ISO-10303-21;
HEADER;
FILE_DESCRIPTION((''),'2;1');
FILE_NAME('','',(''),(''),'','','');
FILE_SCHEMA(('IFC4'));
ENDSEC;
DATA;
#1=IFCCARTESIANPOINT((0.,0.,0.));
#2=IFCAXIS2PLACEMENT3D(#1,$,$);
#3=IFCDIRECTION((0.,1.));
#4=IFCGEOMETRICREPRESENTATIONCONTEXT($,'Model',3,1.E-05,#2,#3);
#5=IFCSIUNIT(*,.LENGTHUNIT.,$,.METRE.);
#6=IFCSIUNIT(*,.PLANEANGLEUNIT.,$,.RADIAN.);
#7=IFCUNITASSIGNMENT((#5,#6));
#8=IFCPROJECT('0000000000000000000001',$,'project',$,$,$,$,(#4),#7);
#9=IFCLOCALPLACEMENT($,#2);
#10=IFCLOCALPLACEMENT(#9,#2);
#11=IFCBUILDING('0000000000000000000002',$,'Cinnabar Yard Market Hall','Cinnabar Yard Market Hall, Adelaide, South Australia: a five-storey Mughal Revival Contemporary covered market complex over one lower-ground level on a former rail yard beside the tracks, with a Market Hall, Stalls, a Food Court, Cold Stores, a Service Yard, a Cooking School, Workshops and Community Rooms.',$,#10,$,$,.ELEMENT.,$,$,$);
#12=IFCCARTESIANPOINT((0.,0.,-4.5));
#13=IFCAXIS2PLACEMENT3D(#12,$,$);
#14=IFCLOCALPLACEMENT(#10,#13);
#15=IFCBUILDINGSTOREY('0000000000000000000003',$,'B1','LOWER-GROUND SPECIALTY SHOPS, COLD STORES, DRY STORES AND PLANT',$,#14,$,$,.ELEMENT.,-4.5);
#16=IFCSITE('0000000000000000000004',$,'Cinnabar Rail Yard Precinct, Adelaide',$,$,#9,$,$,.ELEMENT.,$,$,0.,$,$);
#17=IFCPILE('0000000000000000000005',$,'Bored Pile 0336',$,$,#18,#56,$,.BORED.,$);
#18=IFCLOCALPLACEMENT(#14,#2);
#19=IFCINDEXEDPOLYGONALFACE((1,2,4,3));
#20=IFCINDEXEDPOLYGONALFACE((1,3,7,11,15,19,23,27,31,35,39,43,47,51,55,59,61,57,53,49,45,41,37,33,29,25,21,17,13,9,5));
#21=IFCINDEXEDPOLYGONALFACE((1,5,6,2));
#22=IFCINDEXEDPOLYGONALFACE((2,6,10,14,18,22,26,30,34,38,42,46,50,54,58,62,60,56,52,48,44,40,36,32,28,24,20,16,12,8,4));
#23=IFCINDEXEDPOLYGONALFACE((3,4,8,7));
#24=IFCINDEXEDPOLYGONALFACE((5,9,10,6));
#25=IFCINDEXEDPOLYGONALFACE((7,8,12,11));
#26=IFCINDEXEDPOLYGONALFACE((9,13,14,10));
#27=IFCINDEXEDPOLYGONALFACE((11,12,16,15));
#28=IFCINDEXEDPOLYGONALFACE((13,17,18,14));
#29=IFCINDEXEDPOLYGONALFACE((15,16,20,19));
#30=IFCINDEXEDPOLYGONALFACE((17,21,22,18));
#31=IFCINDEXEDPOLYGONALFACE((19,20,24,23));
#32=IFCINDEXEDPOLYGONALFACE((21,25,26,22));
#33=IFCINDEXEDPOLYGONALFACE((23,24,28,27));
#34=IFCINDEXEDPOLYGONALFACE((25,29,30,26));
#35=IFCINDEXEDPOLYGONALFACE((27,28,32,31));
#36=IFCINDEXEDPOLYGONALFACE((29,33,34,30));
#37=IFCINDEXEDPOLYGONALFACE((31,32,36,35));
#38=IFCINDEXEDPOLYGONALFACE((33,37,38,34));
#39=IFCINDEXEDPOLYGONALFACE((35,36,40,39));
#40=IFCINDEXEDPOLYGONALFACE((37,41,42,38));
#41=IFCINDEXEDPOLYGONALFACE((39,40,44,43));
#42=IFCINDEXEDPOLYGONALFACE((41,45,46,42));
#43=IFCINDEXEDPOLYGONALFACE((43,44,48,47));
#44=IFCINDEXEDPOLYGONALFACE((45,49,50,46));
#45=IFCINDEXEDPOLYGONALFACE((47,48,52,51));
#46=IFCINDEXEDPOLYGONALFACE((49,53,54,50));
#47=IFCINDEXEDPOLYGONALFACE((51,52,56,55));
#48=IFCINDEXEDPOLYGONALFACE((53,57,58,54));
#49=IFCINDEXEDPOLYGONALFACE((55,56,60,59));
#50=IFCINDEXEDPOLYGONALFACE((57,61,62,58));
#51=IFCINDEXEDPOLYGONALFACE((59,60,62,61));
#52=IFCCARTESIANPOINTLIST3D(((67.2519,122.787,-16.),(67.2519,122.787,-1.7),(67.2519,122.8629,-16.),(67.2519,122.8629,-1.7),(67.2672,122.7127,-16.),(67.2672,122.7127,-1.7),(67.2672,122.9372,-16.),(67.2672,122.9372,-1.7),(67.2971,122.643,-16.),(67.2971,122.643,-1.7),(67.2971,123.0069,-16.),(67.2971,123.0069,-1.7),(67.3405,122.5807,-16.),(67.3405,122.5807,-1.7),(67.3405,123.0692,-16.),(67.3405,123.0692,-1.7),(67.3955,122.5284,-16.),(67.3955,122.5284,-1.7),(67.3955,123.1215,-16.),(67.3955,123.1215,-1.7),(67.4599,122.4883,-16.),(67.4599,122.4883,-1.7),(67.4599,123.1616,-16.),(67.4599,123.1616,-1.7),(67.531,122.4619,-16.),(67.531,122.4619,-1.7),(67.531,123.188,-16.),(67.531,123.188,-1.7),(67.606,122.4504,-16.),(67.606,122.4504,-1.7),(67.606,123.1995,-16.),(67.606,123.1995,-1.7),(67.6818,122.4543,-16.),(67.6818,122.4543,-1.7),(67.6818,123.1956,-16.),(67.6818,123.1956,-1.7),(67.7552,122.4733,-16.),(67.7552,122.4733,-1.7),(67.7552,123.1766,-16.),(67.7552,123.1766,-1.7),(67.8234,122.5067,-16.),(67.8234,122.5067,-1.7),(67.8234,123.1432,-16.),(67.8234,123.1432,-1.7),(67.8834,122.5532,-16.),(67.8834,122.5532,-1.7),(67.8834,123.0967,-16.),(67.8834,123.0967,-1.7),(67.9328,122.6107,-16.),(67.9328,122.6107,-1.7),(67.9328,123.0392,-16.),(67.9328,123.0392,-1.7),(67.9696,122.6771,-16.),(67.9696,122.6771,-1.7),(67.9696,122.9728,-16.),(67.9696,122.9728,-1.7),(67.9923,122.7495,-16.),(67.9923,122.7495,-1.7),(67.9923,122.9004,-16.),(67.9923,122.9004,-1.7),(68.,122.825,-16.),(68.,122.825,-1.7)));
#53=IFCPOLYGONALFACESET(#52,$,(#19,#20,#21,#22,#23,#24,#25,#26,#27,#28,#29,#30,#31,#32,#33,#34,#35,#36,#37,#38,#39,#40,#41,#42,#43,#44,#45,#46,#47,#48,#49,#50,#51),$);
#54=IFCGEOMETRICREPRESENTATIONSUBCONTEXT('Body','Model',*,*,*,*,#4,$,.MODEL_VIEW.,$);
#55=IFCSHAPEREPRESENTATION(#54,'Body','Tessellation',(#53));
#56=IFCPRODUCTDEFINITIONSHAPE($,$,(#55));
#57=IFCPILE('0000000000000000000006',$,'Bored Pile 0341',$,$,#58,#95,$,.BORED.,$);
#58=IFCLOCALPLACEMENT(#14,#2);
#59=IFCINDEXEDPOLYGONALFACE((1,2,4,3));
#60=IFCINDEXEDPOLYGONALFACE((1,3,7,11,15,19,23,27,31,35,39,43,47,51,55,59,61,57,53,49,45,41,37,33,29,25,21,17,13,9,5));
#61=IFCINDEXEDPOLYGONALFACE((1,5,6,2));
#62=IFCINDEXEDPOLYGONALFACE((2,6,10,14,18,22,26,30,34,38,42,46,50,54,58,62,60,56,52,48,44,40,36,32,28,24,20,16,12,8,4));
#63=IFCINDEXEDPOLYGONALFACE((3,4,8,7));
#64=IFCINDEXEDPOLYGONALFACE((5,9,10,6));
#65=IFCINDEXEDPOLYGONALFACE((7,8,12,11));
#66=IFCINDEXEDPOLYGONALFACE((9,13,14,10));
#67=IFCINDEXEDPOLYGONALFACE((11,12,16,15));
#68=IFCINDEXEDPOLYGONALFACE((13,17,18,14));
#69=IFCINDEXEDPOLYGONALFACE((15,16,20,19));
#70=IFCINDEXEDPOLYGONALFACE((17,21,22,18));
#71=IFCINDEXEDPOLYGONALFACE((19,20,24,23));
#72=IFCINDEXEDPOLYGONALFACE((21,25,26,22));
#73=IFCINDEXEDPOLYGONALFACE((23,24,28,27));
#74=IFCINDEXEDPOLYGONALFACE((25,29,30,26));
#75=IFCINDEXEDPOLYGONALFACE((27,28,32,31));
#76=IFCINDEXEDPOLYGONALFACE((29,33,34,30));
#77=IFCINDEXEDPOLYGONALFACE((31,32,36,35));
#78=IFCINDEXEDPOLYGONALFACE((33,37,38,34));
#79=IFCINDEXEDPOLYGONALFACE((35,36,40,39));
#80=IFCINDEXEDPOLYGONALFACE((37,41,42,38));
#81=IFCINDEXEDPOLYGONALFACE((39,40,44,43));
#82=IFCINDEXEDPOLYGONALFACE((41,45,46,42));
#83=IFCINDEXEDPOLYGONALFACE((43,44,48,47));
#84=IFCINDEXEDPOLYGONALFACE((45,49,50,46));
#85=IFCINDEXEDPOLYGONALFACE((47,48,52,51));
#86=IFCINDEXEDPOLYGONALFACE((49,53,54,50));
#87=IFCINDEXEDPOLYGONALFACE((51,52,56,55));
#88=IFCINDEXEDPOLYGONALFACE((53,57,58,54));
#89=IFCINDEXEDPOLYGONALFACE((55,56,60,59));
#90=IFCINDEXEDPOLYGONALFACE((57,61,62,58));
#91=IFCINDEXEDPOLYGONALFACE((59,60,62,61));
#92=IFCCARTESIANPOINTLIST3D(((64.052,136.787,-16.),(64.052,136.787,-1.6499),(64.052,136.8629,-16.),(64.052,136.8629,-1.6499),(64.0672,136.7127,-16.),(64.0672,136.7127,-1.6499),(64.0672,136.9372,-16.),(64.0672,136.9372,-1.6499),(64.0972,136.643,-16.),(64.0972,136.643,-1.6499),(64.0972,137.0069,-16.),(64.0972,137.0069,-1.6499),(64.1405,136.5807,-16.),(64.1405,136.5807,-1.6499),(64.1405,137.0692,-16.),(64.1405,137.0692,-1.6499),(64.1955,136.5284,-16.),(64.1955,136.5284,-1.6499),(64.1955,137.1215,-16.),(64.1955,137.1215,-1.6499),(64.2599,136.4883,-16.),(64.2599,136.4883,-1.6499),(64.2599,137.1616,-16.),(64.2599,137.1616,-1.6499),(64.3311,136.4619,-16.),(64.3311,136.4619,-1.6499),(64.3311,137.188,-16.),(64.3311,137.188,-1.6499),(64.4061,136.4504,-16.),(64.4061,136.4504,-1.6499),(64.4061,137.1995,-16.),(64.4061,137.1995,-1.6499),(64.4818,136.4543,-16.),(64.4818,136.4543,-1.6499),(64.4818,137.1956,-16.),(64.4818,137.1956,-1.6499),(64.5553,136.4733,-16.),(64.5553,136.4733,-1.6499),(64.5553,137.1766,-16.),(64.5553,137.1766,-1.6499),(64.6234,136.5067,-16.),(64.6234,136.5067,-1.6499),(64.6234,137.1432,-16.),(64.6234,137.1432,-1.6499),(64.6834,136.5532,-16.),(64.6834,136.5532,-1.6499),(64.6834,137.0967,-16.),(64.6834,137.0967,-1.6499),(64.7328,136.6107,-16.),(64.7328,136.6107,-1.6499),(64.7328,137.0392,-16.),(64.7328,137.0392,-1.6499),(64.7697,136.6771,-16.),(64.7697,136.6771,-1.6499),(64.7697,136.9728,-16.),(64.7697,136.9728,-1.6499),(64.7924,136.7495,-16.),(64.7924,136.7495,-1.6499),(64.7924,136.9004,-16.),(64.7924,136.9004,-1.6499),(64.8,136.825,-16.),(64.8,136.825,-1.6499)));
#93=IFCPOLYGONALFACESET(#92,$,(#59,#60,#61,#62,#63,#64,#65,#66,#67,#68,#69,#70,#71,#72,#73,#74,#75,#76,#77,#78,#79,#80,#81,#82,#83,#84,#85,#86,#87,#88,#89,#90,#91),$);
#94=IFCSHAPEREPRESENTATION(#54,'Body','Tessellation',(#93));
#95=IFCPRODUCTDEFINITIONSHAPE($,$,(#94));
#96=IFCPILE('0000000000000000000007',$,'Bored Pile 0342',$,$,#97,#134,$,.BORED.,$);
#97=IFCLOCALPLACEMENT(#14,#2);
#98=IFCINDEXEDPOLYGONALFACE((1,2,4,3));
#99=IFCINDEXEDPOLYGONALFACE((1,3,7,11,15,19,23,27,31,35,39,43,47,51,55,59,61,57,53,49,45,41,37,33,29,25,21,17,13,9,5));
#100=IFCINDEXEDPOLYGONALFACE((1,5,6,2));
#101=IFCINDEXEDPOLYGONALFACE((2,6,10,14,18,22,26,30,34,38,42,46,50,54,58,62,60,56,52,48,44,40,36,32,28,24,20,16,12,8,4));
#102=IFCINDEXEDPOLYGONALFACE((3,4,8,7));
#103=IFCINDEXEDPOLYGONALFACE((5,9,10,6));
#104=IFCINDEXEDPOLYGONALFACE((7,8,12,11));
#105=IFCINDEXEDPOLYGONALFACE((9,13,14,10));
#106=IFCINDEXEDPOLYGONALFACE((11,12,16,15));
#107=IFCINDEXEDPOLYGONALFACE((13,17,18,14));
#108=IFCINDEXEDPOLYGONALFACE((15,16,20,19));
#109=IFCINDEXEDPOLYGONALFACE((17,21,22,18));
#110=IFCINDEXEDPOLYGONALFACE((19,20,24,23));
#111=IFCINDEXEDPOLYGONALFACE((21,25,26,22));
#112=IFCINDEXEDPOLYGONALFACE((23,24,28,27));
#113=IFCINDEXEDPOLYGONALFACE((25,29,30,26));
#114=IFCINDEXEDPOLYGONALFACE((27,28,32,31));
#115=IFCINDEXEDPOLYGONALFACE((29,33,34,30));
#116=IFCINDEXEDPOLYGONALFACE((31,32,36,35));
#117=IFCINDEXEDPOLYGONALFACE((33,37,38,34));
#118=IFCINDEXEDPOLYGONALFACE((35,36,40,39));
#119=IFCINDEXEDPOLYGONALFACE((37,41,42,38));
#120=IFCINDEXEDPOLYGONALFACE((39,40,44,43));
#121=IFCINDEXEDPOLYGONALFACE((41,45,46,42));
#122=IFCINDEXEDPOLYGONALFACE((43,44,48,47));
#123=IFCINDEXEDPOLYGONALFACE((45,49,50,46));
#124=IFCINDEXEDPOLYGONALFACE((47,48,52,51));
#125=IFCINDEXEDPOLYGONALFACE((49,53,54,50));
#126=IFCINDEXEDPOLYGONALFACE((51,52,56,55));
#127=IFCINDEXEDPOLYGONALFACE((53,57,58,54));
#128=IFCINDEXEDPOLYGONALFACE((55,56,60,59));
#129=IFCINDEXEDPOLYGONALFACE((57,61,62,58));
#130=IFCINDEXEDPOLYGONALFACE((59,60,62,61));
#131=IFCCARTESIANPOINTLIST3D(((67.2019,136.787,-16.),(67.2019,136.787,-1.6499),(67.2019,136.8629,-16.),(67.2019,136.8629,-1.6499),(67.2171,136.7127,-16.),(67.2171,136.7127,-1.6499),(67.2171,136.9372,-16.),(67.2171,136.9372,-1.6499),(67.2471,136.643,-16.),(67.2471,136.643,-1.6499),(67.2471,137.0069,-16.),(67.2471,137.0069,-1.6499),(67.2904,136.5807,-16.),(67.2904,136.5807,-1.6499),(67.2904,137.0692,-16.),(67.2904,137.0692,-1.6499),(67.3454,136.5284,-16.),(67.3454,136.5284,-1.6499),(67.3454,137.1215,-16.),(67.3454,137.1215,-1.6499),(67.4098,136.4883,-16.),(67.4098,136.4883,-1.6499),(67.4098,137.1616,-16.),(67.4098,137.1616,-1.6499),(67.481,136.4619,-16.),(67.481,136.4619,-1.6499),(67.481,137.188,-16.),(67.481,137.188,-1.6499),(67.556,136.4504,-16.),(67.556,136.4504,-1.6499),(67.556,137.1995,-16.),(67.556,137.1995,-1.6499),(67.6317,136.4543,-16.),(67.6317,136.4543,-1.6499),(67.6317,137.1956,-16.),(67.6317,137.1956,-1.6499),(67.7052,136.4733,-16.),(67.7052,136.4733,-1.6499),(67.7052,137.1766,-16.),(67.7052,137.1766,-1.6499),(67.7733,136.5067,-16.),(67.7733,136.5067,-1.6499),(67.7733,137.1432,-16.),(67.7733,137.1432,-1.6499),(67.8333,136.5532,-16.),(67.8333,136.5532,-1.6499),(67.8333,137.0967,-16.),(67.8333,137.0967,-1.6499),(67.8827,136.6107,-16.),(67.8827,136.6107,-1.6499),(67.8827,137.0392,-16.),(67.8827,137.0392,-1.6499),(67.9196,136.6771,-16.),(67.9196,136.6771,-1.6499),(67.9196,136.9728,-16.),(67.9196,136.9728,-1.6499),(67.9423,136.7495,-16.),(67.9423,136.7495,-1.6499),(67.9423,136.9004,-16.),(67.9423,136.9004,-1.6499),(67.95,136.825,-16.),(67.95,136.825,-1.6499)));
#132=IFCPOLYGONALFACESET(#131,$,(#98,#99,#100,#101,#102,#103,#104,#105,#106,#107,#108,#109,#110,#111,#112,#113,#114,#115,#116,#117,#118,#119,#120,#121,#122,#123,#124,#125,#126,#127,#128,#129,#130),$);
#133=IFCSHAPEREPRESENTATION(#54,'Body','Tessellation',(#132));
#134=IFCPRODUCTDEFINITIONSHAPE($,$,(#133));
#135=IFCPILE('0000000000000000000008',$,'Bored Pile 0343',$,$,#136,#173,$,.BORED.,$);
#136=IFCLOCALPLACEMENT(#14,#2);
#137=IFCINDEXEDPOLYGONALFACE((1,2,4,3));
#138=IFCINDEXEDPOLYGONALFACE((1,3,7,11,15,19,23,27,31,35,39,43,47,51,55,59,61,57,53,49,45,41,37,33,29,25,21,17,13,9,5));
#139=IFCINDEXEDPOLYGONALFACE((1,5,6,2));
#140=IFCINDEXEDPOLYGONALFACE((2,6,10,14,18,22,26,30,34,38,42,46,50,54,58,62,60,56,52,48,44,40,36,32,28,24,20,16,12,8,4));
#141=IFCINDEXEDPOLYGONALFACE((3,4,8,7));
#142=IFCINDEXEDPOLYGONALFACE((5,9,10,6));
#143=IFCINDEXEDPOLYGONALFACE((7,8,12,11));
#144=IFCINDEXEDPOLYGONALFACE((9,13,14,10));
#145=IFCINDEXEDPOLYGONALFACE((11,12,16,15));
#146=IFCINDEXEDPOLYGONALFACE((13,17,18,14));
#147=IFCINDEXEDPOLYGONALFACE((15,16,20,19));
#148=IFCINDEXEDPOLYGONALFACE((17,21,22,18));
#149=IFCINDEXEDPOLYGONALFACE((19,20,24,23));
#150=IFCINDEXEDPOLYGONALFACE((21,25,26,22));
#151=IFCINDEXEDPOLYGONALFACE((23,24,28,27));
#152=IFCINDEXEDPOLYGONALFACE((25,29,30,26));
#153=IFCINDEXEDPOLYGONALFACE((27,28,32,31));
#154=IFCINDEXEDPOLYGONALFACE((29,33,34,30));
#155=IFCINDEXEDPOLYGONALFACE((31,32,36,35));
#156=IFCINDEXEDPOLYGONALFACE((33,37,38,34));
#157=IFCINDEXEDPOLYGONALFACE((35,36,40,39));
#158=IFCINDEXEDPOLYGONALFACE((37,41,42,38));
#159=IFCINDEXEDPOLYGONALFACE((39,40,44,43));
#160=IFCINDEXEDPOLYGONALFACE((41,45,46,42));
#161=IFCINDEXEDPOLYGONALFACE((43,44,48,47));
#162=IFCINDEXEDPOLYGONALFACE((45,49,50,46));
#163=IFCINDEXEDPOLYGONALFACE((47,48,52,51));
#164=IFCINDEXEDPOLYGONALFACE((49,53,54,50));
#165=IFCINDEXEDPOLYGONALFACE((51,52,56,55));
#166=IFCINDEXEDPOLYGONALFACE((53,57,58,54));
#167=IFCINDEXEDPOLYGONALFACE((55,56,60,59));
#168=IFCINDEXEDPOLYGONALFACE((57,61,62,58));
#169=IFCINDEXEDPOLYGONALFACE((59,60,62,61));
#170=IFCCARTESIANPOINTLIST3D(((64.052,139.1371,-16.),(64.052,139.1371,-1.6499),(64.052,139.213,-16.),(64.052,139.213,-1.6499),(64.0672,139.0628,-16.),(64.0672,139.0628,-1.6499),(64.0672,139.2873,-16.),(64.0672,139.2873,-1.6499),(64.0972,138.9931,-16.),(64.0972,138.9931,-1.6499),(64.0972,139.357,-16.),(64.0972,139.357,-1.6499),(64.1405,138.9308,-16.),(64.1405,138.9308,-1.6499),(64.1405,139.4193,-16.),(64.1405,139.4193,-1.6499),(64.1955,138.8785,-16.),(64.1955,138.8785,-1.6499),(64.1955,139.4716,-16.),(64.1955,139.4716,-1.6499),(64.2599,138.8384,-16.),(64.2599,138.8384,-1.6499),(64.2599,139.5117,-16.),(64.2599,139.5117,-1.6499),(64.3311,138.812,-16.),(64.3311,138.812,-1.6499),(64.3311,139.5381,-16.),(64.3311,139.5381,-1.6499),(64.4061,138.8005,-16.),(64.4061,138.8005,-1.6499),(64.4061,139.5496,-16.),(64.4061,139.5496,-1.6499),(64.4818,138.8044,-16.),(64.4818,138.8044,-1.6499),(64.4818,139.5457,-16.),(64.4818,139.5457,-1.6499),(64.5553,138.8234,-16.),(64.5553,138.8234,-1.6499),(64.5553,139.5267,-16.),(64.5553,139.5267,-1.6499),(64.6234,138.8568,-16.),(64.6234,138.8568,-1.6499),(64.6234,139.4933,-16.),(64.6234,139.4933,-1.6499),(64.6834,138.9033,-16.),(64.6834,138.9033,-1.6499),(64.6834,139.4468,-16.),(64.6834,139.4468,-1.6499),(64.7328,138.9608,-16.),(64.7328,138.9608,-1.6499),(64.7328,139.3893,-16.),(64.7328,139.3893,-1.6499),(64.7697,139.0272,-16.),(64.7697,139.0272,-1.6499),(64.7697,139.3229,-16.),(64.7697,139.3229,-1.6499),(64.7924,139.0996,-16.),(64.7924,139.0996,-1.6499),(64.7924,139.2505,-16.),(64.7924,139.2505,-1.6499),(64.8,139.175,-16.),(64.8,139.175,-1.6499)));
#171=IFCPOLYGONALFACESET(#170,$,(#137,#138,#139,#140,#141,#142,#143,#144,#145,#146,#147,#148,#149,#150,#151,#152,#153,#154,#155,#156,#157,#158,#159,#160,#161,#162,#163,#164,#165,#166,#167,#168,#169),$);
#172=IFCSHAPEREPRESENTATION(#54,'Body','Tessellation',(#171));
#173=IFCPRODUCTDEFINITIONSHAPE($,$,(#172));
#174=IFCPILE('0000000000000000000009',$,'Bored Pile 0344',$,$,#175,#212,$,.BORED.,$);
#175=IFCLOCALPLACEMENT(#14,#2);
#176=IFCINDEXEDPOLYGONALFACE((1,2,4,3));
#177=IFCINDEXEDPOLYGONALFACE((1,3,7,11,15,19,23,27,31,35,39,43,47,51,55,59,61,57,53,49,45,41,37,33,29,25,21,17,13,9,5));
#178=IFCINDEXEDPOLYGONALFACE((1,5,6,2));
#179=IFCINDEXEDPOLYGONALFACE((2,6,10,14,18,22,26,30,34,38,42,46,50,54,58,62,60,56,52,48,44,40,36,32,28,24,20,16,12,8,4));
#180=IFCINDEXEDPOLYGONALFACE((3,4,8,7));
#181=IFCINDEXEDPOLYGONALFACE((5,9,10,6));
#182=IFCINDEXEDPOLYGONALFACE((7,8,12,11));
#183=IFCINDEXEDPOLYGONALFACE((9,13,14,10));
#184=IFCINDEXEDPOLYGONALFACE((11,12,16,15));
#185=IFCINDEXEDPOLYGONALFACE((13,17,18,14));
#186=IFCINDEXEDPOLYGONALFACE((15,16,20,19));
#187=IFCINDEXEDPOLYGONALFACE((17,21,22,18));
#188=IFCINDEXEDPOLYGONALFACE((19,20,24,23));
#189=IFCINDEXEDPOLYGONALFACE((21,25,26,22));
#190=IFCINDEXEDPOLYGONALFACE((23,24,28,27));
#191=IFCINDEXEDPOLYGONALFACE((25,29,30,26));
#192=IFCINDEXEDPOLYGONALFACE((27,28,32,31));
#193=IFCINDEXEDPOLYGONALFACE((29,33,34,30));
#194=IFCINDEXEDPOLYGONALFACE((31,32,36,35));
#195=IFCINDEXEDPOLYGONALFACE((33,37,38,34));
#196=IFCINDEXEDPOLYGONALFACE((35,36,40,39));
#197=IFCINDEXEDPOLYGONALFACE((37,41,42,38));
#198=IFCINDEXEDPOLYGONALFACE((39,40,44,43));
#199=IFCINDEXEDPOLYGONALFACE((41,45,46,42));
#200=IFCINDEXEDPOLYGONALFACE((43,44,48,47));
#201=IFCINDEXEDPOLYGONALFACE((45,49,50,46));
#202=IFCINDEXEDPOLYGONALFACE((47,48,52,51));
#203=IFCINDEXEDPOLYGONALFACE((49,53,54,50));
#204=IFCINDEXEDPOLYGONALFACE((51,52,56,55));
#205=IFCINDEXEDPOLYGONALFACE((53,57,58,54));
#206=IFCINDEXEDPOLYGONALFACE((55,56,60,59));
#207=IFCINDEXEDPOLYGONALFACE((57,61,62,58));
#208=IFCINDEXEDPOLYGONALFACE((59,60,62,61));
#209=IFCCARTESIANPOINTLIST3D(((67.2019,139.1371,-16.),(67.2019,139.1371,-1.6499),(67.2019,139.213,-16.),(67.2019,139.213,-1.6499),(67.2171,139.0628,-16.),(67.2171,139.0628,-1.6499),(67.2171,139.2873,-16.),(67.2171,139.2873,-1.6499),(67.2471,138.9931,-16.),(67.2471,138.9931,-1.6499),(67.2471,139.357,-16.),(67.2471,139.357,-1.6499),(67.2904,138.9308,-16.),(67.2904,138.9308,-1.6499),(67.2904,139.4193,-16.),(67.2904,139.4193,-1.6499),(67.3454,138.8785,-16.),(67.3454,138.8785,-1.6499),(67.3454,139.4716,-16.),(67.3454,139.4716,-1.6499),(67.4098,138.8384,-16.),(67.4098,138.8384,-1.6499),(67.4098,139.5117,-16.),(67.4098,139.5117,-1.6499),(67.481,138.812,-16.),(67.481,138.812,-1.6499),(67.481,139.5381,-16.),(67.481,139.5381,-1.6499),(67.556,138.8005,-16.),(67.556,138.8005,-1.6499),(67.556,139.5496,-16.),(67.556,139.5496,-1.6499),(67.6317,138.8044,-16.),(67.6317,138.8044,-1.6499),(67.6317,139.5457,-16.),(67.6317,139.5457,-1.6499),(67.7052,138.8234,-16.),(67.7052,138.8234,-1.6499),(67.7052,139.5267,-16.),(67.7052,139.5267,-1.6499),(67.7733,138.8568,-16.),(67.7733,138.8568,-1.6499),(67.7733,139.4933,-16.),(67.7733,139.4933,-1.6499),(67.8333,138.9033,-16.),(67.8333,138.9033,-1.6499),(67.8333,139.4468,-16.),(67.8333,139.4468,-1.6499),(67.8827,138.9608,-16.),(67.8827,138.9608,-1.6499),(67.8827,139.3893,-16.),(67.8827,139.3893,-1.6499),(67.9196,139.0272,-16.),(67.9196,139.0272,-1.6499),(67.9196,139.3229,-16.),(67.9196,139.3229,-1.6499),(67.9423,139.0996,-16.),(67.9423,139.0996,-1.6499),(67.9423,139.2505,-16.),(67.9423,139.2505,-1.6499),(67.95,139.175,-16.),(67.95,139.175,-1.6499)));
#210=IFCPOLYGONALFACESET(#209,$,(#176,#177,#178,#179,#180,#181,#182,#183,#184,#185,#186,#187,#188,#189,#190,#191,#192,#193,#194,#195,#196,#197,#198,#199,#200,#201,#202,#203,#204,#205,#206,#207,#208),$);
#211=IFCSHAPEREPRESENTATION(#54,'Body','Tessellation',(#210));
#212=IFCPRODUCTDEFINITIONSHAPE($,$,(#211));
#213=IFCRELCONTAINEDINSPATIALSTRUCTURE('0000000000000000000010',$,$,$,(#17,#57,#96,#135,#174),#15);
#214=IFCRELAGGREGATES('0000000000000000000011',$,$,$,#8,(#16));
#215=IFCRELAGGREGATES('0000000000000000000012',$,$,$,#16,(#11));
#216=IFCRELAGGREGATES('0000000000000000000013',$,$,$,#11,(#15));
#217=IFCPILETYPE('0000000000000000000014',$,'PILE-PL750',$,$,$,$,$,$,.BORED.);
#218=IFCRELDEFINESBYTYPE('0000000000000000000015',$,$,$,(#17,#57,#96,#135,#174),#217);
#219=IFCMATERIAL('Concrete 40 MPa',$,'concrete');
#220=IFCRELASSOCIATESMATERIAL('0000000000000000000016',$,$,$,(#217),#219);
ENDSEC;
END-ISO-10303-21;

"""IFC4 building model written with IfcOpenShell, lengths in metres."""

from ifc_helpers import new_model, si_unit, direction, frame, origin, origin_2d_with_axis, place, context, subcontext, project, spatial, circle, extrude, material, material_profile, profile_set, type_object, element, save


model = new_model("IFC4")

# Units and contexts
model_context = context("Model", 3, precision=1e-05, world=origin(), true_north=direction((0.0, 1.0)))
body_context = subcontext(model_context, "Body", "Model", "MODEL_VIEW")
ifc_project = project(units=[si_unit("LENGTHUNIT", "METRE"), si_unit("PLANEANGLEUNIT", "RADIAN")], contexts=[model_context])

# Site, building, storey
site_placement = place(None, origin())
site = spatial("IfcSite", under=ifc_project, at=site_placement, Name="Cinnabar Rail Yard Precinct, Adelaide", CompositionType="ELEMENT", RefElevation=0.0)
building_placement = place(site_placement, origin())
building = spatial("IfcBuilding", under=site, at=building_placement, Name="Cinnabar Yard Market Hall", Description="Cinnabar Yard Market Hall, Adelaide, South Australia: a five-storey Mughal Revival Contemporary covered market complex over one lower-ground level on a former rail yard beside the tracks, with a Market Hall, Stalls, a Food Court, Cold Stores, a Service Yard, a Cooking School, Workshops and Community Rooms.", CompositionType="ELEMENT")
storey_placement = place(building_placement, frame((0.0, 0.0, -4.5)))
storey = spatial("IfcBuildingStorey", under=building, at=storey_placement, Name="B1", Description="LOWER-GROUND SPECIALTY SHOPS, COLD STORES, DRY STORES AND PLANT", CompositionType="ELEMENT", Elevation=-4.5)

# Shared definitions
ifc_material_1 = material(Name="Concrete 40 MPa", Category="concrete")

# Piles
ifc_material_profile_1 = material_profile(ifc_material_1, circle(Radius=0.375, at=origin_2d_with_axis()), Name="PILE-D750")
ifc_profile_set_1 = profile_set([ifc_material_profile_1], Name="Concrete 40 MPa")
pile_type_1 = type_object("IfcPileType", Name="PILE-PL750", PredefinedType="BORED", material=ifc_profile_set_1)
for number, where, z_axis, x_axis, name in (
    (1, (67.625, 122.825, -1.7), (0.0, 0.0, -1.0), (1.0, 0.0, 0.0), "Bored Pile 0336"),
):
    element("IfcPile", number, at=place(storey_placement, frame(where, z_axis=z_axis, x_axis=x_axis)), inside=storey, type_object=pile_type_1, Name=name, PredefinedType="BORED", context=body_context, shape_type="SweptSolid", body=[
        extrude(circle(Radius=0.375, at=origin_2d_with_axis()), origin(), (0.0, 0.0, 1.0), 14.3),
    ])
for number, where, z_axis, x_axis, name in (
    (2, (64.425, 136.825, -1.6499), (0.0, 0.0, -1.0), (1.0, 0.0, 0.0), "Bored Pile 0341"),
    (3, (67.575, 136.825, -1.6499), (0.0, 0.0, -1.0), (1.0, 0.0, 0.0), "Bored Pile 0342"),
    (4, (64.425, 139.175, -1.6499), (0.0, 0.0, -1.0), (1.0, 0.0, 0.0), "Bored Pile 0343"),
    (5, (67.575, 139.175, -1.6499), (0.0, 0.0, -1.0), (1.0, 0.0, 0.0), "Bored Pile 0344"),
):
    element("IfcPile", number, at=place(storey_placement, frame(where, z_axis=z_axis, x_axis=x_axis)), inside=storey, type_object=pile_type_1, Name=name, PredefinedType="BORED", context=body_context, shape_type="SweptSolid", body=[
        extrude(circle(Radius=0.375, at=origin_2d_with_axis()), origin(), (0.0, 0.0, 1.0), 14.3501),
    ])

save(model, "model.ifc")
